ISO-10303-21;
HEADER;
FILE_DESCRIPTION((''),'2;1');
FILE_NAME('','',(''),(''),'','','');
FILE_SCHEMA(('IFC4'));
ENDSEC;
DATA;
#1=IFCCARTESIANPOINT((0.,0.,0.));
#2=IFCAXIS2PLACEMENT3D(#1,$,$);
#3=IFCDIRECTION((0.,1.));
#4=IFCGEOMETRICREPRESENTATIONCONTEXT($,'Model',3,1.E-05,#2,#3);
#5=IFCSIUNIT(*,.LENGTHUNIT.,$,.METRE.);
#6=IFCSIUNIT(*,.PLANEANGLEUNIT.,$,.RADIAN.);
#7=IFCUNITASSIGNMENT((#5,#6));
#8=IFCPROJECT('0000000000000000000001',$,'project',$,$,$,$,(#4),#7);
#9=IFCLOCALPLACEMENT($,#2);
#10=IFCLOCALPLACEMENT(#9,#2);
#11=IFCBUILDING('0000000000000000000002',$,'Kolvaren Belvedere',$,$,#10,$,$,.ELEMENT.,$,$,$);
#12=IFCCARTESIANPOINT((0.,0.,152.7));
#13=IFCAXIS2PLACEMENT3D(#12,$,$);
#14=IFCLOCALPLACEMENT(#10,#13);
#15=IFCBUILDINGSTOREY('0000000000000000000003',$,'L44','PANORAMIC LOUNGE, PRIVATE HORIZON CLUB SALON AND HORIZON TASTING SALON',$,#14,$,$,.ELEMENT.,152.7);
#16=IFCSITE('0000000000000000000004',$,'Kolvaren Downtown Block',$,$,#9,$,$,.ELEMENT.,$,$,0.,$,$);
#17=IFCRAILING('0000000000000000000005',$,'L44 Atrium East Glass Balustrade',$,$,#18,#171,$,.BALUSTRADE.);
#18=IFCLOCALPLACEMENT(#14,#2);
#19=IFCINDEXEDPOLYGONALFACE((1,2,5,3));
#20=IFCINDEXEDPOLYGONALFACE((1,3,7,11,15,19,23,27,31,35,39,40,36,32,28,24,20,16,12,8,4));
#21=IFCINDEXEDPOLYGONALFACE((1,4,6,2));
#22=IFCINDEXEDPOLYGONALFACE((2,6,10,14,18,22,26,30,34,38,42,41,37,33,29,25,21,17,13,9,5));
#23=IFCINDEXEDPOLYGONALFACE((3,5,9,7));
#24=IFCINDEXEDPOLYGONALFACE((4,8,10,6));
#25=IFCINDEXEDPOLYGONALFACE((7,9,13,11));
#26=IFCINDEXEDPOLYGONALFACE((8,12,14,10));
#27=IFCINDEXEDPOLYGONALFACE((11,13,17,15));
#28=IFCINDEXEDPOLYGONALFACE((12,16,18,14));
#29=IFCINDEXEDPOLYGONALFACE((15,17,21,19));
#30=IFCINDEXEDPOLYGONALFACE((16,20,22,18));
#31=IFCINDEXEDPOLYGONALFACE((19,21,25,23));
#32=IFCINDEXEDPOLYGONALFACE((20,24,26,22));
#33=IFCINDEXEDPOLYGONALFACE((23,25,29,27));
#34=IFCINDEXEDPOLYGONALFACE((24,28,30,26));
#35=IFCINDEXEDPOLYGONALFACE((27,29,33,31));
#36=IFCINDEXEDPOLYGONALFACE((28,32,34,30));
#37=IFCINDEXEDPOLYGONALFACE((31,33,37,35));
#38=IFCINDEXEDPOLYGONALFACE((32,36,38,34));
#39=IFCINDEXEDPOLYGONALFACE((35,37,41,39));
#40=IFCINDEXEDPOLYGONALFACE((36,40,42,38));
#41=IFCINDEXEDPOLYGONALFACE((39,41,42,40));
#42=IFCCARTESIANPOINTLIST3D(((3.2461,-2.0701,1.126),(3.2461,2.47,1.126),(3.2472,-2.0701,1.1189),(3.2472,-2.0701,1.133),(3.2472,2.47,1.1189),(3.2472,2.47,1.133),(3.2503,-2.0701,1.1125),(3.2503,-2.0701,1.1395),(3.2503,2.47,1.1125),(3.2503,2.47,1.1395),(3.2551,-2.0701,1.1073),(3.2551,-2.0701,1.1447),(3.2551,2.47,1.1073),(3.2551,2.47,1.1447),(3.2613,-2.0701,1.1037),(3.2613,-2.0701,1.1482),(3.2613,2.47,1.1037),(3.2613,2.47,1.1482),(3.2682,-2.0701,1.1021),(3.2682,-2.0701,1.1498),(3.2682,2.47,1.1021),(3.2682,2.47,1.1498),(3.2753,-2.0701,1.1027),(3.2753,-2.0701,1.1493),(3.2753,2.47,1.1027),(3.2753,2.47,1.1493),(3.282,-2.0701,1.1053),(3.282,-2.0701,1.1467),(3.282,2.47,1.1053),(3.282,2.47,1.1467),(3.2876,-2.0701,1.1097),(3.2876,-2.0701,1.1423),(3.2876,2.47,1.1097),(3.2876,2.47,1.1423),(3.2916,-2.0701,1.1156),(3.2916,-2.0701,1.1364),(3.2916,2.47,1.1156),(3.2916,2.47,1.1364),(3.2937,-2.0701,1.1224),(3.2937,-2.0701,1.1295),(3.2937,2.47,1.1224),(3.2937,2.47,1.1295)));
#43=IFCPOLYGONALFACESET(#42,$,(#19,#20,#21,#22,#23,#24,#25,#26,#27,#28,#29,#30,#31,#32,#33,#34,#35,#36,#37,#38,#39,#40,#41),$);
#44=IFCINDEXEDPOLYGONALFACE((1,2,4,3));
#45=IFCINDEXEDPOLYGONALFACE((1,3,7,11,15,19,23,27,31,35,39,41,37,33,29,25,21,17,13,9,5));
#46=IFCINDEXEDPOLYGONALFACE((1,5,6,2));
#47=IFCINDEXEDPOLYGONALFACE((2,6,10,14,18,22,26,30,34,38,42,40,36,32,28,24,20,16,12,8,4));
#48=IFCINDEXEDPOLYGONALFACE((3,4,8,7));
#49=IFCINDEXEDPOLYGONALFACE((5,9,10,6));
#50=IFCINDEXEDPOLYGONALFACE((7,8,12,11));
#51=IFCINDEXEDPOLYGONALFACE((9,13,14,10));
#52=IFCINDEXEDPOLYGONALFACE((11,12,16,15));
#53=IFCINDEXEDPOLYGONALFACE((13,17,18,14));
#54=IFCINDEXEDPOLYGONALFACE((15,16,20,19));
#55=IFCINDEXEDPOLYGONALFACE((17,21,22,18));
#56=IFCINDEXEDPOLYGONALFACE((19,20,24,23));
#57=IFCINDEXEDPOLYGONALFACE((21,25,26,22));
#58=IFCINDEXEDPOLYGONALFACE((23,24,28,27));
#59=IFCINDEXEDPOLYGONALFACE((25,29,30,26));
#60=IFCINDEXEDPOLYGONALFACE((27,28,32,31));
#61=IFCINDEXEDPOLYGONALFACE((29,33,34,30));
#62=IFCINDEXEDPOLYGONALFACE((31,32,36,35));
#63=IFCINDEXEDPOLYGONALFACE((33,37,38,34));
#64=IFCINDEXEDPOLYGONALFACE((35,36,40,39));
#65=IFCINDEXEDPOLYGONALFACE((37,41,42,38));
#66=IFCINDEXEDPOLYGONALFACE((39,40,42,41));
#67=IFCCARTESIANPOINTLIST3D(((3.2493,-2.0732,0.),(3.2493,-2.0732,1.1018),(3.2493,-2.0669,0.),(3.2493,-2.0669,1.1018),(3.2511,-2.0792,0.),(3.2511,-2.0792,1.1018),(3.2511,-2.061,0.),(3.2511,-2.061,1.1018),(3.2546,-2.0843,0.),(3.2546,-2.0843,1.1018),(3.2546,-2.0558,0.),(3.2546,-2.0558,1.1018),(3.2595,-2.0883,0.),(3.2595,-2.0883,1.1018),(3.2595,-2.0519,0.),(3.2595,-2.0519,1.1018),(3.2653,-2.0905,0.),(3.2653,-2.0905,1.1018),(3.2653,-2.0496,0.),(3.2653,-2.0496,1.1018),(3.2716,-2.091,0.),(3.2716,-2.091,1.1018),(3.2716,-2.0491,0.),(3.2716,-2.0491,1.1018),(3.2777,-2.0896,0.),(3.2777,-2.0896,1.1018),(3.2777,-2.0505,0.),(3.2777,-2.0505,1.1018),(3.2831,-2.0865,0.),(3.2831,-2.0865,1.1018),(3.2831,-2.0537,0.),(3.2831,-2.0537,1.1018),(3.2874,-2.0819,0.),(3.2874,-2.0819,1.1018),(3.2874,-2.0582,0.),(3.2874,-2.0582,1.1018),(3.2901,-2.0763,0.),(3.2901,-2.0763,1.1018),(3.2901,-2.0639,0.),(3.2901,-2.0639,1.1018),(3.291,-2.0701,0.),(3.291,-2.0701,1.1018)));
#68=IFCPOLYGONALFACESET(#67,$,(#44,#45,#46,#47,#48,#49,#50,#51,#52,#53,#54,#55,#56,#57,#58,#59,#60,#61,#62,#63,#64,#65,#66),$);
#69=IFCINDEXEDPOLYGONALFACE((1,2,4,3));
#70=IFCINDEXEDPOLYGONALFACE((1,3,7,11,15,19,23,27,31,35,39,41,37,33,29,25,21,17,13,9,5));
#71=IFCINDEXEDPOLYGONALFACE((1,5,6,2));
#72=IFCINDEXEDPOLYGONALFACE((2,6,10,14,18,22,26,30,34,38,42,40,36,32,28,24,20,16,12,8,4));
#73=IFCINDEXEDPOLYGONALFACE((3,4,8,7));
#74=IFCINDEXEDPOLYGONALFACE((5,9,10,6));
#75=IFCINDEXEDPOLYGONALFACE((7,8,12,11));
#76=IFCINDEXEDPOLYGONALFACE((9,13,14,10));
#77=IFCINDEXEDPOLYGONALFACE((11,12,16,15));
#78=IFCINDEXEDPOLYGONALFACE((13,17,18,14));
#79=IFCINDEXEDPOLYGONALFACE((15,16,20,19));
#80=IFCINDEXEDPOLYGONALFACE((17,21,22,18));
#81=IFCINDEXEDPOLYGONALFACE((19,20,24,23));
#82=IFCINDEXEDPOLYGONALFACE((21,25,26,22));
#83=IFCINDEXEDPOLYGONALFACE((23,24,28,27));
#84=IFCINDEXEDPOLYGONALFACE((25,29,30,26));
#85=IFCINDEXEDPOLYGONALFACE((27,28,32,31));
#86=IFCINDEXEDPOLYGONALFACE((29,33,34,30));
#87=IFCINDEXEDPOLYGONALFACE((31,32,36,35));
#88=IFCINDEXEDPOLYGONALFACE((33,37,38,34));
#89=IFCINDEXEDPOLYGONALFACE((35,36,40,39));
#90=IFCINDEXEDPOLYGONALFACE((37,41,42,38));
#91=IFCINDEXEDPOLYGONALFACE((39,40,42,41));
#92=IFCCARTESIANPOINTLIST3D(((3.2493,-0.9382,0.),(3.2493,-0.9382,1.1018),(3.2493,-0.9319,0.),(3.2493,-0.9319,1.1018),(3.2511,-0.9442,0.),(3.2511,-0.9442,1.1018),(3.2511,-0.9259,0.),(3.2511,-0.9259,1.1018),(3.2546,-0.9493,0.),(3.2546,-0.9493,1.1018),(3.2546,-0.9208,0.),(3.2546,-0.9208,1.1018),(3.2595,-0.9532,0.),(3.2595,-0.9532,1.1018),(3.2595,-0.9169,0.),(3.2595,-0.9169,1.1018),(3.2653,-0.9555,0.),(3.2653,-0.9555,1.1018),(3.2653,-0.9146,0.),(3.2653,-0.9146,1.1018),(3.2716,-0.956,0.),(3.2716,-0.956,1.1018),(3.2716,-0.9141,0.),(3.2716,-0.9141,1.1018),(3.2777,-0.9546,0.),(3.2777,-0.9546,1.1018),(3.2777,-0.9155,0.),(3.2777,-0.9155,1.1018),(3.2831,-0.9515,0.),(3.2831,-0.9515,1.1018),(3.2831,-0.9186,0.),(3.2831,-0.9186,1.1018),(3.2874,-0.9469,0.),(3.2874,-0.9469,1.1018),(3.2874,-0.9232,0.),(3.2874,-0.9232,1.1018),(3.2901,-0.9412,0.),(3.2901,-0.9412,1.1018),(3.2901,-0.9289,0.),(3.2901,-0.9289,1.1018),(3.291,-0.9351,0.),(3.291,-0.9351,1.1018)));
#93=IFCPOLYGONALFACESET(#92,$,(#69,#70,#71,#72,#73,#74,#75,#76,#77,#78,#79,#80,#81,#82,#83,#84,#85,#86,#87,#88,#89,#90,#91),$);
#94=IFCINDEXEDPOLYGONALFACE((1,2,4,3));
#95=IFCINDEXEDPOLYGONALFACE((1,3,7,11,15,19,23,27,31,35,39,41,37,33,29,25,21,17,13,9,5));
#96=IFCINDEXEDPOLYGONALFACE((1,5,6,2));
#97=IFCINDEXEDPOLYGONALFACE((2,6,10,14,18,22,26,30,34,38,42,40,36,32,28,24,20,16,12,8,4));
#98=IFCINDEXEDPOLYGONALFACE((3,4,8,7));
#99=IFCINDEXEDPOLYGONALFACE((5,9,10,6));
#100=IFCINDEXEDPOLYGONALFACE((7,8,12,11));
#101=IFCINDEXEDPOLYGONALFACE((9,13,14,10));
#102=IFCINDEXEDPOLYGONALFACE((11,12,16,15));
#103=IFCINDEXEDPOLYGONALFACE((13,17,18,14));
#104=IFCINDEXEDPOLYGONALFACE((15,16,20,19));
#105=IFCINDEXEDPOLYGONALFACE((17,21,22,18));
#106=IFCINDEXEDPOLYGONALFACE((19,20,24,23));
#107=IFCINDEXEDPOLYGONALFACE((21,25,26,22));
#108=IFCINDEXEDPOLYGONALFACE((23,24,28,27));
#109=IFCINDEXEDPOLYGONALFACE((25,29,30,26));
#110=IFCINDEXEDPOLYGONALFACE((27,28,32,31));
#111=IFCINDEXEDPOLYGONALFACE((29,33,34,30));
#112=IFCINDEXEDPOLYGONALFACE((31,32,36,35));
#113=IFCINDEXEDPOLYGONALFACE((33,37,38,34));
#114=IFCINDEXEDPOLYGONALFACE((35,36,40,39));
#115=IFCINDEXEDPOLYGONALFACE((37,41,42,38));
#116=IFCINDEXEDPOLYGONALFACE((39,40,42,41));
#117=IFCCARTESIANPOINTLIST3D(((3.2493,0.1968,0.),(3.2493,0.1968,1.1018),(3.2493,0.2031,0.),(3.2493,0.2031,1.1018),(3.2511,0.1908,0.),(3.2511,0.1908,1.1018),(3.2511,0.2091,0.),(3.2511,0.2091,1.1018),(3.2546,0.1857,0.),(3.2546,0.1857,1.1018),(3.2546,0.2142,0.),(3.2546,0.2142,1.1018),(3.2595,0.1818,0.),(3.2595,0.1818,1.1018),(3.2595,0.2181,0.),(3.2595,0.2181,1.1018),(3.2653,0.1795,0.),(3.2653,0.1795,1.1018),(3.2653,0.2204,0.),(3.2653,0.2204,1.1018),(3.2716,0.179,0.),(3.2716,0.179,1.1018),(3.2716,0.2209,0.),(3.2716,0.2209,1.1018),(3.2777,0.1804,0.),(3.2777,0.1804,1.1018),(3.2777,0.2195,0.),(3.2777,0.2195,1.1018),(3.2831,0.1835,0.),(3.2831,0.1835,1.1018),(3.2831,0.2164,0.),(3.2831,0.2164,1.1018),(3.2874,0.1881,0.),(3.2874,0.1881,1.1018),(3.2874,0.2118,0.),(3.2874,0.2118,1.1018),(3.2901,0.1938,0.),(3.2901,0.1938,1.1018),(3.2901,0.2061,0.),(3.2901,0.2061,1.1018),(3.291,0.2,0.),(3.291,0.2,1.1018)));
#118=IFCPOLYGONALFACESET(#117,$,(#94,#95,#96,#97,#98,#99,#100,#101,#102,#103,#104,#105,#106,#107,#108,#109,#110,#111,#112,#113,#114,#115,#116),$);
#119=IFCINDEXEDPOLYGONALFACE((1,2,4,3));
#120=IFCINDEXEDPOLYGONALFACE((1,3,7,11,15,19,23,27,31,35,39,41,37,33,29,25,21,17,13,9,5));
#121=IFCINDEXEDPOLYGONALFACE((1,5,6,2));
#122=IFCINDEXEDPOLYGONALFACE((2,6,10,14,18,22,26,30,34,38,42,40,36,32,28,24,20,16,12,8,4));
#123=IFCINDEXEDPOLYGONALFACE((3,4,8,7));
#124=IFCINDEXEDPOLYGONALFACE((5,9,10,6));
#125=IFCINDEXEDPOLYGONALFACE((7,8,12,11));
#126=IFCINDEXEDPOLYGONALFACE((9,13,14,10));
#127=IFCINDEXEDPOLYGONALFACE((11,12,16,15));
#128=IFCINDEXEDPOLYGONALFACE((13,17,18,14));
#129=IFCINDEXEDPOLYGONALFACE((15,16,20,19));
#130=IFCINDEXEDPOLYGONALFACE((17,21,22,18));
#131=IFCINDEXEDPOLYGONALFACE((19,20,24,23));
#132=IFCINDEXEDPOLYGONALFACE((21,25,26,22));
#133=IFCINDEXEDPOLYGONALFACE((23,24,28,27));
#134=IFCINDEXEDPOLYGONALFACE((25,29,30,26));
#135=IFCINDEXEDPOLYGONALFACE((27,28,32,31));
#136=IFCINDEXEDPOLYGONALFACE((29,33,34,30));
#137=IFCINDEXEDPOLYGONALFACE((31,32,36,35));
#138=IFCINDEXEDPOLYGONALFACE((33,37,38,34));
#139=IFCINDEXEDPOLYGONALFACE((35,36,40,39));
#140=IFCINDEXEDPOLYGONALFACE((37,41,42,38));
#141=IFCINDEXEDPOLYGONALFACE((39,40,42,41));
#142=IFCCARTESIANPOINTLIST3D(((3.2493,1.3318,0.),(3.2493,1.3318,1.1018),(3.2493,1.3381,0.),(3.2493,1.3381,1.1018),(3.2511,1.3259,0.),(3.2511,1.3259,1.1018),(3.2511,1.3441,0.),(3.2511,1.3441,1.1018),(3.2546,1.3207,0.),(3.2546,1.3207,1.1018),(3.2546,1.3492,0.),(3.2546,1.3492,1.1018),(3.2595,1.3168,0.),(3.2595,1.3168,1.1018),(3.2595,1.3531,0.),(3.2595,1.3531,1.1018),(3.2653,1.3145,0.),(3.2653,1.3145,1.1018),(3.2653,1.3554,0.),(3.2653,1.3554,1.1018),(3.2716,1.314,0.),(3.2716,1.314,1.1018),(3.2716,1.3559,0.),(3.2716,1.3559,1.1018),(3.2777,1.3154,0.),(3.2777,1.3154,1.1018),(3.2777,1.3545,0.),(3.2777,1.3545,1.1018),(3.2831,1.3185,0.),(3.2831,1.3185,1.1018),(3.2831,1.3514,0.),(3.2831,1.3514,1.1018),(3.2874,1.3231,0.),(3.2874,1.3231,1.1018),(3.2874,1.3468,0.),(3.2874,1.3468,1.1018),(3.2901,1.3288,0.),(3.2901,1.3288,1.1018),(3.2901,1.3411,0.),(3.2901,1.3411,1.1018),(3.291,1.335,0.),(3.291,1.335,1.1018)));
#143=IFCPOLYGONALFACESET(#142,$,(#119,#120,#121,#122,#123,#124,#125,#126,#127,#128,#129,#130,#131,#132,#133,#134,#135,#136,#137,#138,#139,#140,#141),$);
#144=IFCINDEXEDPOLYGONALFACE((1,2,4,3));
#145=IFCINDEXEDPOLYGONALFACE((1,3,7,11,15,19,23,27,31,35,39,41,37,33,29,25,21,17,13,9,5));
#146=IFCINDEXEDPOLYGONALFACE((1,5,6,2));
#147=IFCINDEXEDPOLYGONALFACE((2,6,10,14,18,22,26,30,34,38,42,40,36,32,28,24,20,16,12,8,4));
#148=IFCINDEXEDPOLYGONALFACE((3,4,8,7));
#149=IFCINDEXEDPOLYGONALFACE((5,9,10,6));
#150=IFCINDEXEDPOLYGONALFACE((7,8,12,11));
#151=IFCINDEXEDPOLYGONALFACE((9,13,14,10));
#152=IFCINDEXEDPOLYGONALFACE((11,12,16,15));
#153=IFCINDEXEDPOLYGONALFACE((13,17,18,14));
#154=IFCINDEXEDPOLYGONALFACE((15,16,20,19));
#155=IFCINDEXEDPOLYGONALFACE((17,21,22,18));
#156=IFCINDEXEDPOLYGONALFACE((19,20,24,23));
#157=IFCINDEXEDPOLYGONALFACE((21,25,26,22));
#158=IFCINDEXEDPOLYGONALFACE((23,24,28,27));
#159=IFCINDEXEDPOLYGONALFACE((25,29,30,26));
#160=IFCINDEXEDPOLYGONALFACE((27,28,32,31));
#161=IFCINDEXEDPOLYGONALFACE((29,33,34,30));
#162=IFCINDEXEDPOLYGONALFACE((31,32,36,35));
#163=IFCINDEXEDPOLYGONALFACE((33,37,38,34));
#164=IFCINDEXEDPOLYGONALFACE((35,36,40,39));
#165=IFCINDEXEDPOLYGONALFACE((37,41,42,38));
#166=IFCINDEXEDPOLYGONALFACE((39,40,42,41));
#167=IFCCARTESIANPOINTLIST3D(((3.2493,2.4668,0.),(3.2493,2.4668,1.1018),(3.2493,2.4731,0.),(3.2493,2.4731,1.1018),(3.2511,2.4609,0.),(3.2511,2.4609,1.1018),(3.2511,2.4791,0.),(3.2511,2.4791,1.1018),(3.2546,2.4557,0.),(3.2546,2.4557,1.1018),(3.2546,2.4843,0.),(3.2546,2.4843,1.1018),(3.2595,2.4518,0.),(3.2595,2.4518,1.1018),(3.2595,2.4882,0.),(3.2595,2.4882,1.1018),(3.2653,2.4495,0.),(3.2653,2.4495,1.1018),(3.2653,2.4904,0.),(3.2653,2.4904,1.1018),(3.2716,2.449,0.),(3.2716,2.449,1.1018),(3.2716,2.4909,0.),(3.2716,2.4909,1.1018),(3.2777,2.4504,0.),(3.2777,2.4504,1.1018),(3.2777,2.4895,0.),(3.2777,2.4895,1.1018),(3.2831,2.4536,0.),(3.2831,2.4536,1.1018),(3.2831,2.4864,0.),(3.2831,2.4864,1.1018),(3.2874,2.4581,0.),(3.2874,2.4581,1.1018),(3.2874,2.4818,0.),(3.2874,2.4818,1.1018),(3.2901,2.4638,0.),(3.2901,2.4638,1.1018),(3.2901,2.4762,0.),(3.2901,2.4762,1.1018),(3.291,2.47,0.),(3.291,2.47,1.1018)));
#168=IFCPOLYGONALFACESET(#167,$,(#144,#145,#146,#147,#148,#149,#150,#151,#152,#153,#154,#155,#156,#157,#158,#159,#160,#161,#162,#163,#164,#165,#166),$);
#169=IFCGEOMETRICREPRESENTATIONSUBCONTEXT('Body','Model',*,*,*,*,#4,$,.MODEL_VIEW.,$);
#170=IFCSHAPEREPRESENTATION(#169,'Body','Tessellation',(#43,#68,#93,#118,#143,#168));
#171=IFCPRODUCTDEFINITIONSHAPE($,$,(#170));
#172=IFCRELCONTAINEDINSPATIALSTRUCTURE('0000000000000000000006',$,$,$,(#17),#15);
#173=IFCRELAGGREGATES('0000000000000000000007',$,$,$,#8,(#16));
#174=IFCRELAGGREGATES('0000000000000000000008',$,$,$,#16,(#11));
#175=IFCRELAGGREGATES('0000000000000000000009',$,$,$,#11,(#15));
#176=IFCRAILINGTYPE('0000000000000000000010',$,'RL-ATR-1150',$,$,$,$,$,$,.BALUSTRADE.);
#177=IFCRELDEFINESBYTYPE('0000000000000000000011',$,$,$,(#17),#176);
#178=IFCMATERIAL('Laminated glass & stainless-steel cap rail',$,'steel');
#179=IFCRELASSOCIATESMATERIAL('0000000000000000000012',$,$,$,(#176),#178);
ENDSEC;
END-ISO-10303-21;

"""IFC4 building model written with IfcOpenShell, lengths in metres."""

from ifc_helpers import new_model, si_unit, direction, frame, origin, origin_2d, place, context, subcontext, project, spatial, circle, extrude, material, type_object, element, save


model = new_model("IFC4")

# Units and contexts
model_context = context("Model", 3, precision=1e-05, world=origin(), true_north=direction((0.0, 1.0)))
body_context = subcontext(model_context, "Body", "Model", "MODEL_VIEW")
ifc_project = project(units=[si_unit("LENGTHUNIT", "METRE"), si_unit("PLANEANGLEUNIT", "RADIAN")], contexts=[model_context])

# Site, building, storey
site_placement = place(None, origin())
site = spatial("IfcSite", under=ifc_project, at=site_placement, Name="Kolvaren Downtown Block", CompositionType="ELEMENT", RefElevation=0.0)
building_placement = place(site_placement, origin())
building = spatial("IfcBuilding", under=site, at=building_placement, Name="Kolvaren Belvedere", CompositionType="ELEMENT")
storey_placement = place(building_placement, frame((0.0, 0.0, 152.7)))
storey = spatial("IfcBuildingStorey", under=building, at=storey_placement, Name="L44", Description="PANORAMIC LOUNGE, PRIVATE HORIZON CLUB SALON AND HORIZON TASTING SALON", CompositionType="ELEMENT", Elevation=152.7)

# Railing
ifc_material_1 = material(Name="Laminated glass & stainless-steel cap rail", Category="steel")
railing_type_1 = type_object("IfcRailingType", Name="RL-ATR-1150", PredefinedType="BALUSTRADE", material=ifc_material_1)
railing_1_placement = place(storey_placement, frame((3.27, -2.0701, 0.0)))
element("IfcRailing", 1, at=railing_1_placement, inside=storey, type_object=railing_type_1, Name="L44 Atrium East Glass Balustrade", PredefinedType="BALUSTRADE", context=body_context, shape_type="SweptSolid", body=[
    extrude(circle(Radius=0.0239, at=origin_2d()), frame((0.0, 0.0, 1.126), z_axis=(0.0, 1.0, 0.0), x_axis=(-1.0, 0.0, 0.0)), (0.0, 0.0, 1.0), 4.54),
    extrude(circle(Radius=0.021, at=origin_2d()), origin(), (0.0, 0.0, 1.0), 1.1018),
    extrude(circle(Radius=0.021, at=origin_2d()), frame((0.0, 1.135, 0.0)), (0.0, 0.0, 1.0), 1.1018),
    extrude(circle(Radius=0.021, at=origin_2d()), frame((0.0, 2.27, 0.0)), (0.0, 0.0, 1.0), 1.1018),
    extrude(circle(Radius=0.021, at=origin_2d()), frame((0.0, 3.405, 0.0)), (0.0, 0.0, 1.0), 1.1018),
    extrude(circle(Radius=0.021, at=origin_2d()), frame((0.0, 4.54, 0.0)), (0.0, 0.0, 1.0), 1.1018),
])

save(model, "model.ifc")
